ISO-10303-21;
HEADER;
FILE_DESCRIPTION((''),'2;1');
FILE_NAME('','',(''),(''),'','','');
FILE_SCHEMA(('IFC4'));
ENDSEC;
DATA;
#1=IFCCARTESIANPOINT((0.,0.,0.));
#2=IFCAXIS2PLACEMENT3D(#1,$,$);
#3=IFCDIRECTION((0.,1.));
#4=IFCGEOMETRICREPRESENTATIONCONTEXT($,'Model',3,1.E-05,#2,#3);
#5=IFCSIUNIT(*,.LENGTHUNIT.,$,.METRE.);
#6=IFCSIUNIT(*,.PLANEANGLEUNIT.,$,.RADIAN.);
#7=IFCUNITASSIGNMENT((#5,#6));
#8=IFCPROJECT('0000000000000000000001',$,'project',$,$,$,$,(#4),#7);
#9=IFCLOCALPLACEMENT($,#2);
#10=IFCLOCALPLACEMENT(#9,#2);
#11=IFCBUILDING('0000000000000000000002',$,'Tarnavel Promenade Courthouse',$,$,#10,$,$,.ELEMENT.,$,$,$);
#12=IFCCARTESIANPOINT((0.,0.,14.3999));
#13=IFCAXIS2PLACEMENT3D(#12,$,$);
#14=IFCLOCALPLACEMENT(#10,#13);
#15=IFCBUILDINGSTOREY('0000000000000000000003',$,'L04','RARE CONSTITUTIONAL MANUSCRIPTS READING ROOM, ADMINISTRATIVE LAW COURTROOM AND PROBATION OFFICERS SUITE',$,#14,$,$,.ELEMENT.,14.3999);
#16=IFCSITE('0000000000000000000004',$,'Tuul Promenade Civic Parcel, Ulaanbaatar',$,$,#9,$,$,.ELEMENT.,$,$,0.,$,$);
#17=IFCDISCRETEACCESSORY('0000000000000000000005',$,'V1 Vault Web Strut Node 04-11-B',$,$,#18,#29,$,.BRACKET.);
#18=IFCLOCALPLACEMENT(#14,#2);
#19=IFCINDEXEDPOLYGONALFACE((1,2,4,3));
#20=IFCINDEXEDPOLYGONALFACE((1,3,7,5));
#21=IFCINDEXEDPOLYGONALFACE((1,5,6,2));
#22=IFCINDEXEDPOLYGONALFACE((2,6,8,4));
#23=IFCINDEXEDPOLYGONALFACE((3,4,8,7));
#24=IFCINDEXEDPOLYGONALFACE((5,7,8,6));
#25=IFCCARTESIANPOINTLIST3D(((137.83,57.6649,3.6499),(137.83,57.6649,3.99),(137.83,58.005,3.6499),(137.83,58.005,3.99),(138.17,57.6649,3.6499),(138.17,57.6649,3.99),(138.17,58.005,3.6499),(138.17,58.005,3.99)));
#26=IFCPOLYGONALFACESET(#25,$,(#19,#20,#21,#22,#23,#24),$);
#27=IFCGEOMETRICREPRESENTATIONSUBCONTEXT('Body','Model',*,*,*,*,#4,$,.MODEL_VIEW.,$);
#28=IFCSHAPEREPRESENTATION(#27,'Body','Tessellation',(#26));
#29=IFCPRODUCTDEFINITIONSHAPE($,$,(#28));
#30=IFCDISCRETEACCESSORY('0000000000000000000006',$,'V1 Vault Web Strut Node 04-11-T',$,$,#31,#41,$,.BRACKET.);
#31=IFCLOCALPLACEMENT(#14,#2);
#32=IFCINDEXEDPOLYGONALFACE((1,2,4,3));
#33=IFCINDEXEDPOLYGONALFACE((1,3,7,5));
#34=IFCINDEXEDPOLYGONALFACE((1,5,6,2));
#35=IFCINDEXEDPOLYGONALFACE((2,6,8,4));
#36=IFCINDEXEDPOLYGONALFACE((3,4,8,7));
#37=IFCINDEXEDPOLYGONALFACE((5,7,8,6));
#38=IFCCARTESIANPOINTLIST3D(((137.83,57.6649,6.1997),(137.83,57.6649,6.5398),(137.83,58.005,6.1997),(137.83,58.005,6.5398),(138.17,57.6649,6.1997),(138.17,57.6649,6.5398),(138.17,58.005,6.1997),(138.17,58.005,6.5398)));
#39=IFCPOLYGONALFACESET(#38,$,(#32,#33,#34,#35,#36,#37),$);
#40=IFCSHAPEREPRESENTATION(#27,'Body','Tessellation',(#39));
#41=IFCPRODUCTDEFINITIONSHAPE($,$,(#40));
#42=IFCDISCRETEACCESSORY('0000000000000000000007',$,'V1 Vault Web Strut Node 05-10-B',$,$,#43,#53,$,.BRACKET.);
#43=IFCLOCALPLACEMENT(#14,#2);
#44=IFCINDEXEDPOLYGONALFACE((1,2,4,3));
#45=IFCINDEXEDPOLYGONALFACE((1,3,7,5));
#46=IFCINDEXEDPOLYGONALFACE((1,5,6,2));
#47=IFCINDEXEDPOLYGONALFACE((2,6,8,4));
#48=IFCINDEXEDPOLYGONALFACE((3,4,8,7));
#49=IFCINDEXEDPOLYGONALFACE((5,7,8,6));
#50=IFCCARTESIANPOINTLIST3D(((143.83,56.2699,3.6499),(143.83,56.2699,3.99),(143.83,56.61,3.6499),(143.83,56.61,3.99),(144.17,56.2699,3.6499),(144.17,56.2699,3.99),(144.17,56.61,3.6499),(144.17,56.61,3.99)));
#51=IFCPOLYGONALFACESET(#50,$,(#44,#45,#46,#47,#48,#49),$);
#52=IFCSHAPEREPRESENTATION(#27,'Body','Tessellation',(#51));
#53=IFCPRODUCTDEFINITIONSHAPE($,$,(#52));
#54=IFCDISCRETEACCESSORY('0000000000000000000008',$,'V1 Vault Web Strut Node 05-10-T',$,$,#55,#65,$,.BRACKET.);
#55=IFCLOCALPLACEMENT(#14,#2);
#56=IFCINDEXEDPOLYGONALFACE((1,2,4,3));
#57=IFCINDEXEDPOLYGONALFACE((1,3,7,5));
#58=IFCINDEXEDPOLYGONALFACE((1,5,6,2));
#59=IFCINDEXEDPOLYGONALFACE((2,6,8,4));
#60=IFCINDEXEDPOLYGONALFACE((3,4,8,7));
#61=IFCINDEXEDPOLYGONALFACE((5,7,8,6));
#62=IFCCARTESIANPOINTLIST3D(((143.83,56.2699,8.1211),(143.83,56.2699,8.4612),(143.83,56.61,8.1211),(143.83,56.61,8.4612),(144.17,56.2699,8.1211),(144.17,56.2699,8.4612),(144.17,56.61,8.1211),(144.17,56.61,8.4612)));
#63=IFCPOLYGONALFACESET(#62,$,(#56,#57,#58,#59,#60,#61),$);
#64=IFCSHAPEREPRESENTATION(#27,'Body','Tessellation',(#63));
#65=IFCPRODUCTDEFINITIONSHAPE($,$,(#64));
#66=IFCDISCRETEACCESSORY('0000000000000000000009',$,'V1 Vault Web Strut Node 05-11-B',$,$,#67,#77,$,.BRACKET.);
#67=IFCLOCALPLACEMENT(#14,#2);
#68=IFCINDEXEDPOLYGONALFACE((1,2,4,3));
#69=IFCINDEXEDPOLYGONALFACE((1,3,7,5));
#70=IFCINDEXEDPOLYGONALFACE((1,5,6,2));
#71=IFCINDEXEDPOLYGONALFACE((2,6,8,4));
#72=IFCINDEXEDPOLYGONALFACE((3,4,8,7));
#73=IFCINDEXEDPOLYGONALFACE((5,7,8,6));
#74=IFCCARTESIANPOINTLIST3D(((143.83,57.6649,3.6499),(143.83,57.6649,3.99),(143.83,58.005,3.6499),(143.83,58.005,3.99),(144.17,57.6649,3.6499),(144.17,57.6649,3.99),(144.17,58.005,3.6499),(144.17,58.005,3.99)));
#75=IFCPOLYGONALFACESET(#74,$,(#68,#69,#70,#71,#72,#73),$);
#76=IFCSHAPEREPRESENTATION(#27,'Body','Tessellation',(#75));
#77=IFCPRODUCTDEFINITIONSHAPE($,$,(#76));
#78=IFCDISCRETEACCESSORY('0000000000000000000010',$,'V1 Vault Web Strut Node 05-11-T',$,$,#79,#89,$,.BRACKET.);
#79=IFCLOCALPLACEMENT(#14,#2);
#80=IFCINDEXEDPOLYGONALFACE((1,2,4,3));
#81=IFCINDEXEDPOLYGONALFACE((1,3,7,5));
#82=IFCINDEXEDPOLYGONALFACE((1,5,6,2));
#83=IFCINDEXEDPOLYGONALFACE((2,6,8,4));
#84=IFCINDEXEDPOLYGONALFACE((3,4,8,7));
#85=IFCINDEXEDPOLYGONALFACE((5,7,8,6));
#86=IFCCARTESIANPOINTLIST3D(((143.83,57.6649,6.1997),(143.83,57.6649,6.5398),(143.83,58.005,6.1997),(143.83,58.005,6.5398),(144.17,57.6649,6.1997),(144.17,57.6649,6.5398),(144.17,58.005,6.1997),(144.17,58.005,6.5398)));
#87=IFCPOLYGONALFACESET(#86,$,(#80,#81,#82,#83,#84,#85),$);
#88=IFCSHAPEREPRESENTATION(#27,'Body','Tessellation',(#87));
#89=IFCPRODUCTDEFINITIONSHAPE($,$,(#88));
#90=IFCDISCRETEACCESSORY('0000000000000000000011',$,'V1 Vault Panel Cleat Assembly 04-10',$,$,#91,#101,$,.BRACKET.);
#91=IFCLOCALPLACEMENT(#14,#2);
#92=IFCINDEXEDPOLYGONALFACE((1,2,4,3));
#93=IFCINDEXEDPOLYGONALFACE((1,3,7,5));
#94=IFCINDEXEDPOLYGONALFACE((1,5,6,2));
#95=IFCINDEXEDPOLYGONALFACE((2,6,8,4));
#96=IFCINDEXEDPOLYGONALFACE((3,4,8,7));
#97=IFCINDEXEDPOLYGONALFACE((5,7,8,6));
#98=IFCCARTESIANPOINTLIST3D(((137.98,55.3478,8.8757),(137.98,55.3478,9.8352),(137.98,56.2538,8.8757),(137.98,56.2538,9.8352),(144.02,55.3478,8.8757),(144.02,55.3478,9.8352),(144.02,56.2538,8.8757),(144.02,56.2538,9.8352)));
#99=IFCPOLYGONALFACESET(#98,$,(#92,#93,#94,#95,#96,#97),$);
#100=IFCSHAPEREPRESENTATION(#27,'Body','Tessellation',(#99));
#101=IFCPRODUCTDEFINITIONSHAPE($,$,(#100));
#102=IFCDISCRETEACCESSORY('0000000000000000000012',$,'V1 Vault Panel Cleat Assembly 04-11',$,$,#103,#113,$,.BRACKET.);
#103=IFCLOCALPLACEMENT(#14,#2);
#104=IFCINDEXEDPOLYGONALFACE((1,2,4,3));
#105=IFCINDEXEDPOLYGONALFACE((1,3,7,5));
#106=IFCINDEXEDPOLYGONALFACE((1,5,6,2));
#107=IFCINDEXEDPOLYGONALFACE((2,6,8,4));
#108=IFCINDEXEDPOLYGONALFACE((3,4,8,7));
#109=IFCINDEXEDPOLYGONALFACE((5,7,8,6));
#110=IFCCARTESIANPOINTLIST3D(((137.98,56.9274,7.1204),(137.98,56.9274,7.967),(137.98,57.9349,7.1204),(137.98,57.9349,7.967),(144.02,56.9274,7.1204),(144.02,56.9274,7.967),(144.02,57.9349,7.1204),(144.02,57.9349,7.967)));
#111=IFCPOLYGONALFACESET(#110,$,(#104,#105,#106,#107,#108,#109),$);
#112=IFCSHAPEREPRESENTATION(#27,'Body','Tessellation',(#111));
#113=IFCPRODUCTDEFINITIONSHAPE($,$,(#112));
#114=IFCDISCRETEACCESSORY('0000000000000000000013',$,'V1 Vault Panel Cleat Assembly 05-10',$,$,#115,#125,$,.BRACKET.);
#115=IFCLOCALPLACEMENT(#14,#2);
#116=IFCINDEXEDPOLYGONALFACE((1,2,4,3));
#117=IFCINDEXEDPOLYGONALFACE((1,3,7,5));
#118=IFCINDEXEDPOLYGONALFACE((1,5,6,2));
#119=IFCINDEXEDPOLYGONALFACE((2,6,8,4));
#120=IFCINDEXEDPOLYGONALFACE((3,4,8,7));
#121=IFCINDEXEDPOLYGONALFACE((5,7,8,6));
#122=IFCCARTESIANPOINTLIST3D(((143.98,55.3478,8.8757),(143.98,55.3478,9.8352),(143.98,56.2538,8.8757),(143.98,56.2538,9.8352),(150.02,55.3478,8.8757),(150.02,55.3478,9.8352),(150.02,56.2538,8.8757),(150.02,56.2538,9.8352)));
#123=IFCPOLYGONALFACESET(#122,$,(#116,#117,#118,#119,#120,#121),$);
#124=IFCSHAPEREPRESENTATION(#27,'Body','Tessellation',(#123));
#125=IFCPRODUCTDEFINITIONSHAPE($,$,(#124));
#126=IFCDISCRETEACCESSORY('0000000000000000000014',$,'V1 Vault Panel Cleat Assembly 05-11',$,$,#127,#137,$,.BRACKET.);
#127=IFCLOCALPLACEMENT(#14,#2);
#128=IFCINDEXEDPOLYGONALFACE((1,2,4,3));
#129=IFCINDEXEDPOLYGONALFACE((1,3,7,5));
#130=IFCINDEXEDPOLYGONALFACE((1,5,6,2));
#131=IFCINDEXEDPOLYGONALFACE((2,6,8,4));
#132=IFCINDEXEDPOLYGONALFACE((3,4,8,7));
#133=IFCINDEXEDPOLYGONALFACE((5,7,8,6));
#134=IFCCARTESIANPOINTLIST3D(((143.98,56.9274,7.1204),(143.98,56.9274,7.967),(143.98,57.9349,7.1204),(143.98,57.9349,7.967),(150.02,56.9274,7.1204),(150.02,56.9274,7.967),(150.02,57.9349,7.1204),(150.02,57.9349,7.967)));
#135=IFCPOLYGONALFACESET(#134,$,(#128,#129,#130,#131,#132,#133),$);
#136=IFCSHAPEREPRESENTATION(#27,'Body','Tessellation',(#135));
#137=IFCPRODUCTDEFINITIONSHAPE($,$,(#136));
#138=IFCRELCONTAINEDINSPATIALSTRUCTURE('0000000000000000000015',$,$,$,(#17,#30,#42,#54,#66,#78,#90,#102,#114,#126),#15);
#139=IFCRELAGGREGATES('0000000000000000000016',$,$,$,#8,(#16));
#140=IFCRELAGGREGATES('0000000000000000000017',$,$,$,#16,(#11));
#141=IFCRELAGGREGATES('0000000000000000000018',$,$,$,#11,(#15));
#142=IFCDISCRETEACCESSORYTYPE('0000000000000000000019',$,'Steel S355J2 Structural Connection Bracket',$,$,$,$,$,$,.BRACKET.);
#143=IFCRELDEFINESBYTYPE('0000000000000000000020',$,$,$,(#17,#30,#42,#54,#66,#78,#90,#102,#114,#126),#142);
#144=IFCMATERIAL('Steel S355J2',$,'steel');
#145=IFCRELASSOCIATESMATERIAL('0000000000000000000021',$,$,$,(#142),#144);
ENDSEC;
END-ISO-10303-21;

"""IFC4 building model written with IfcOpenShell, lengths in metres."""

from ifc_helpers import new_model, si_unit, direction, frame, origin, origin_2d, place, context, subcontext, project, spatial, rectangle, extrude, material, type_object, element, save


model = new_model("IFC4")

# Units and contexts
model_context = context("Model", 3, precision=1e-05, world=origin(), true_north=direction((0.0, 1.0)))
body_context = subcontext(model_context, "Body", "Model", "MODEL_VIEW")
ifc_project = project(units=[si_unit("LENGTHUNIT", "METRE"), si_unit("PLANEANGLEUNIT", "RADIAN")], contexts=[model_context])

# Site, building, storey
site_placement = place(None, origin())
site = spatial("IfcSite", under=ifc_project, at=site_placement, Name="Tuul Promenade Civic Parcel, Ulaanbaatar", CompositionType="ELEMENT", RefElevation=0.0)
building_placement = place(site_placement, origin())
building = spatial("IfcBuilding", under=site, at=building_placement, Name="Tarnavel Promenade Courthouse", CompositionType="ELEMENT")
storey_placement = place(building_placement, frame((0.0, 0.0, 14.3999)))
storey = spatial("IfcBuildingStorey", under=building, at=storey_placement, Name="L04", Description="RARE CONSTITUTIONAL MANUSCRIPTS READING ROOM, ADMINISTRATIVE LAW COURTROOM AND PROBATION OFFICERS SUITE", CompositionType="ELEMENT", Elevation=14.3999)

# Shared definitions
ifc_material_1 = material(Name="Steel S355J2", Category="steel")

# Discrete accessories
discrete_accessory_type = type_object("IfcDiscreteAccessoryType", Name="Steel S355J2 Structural Connection Bracket", PredefinedType="BRACKET", material=ifc_material_1)
for number, where, z_axis, x_axis, name in (
    (1, (138.0, 57.835, 3.6499), (0.0, 0.0, 1.0), (1.0, 0.0, 0.0), "V1 Vault Web Strut Node 04-11-B"),
    (2, (138.0, 57.835, 6.1997), (0.0, 0.0, 1.0), (1.0, 0.0, 0.0), "V1 Vault Web Strut Node 04-11-T"),
    (3, (144.0, 56.4399, 3.6499), (0.0, 0.0, 1.0), (1.0, 0.0, 0.0), "V1 Vault Web Strut Node 05-10-B"),
    (4, (144.0, 56.4399, 8.1211), (0.0, 0.0, 1.0), (1.0, 0.0, 0.0), "V1 Vault Web Strut Node 05-10-T"),
    (5, (144.0, 57.835, 3.6499), (0.0, 0.0, 1.0), (1.0, 0.0, 0.0), "V1 Vault Web Strut Node 05-11-B"),
    (6, (144.0, 57.835, 6.1997), (0.0, 0.0, 1.0), (1.0, 0.0, 0.0), "V1 Vault Web Strut Node 05-11-T"),
):
    element("IfcDiscreteAccessory", number, at=place(storey_placement, frame(where, z_axis=z_axis, x_axis=x_axis)), inside=storey, type_object=discrete_accessory_type, Name=name, PredefinedType="BRACKET", context=body_context, shape_type="SweptSolid", body=[
        extrude(rectangle(XDim=0.3401, YDim=0.3401, at=origin_2d()), origin(), (0.0, 0.0, 1.0), 0.3401),
    ])
discrete_accessory_1_placement = place(storey_placement, frame((141.0, 55.8008, 8.8757), z_axis=(0.0, 0.0, 1.0), x_axis=(1.0, 0.0, 0.0)))
element("IfcDiscreteAccessory", 7, at=discrete_accessory_1_placement, inside=storey, type_object=discrete_accessory_type, Name="V1 Vault Panel Cleat Assembly 04-10", PredefinedType="BRACKET", context=body_context, shape_type="SweptSolid", body=[
    extrude(rectangle(XDim=6.04, YDim=0.906, at=origin_2d()), origin(), (0.0, 0.0, 1.0), 0.9595),
])
discrete_accessory_2_placement = place(storey_placement, frame((141.0, 57.4312, 7.1204), z_axis=(0.0, 0.0, 1.0), x_axis=(1.0, 0.0, 0.0)))
element("IfcDiscreteAccessory", 8, at=discrete_accessory_2_placement, inside=storey, type_object=discrete_accessory_type, Name="V1 Vault Panel Cleat Assembly 04-11", PredefinedType="BRACKET", context=body_context, shape_type="SweptSolid", body=[
    extrude(rectangle(XDim=6.04, YDim=1.0076, at=origin_2d()), origin(), (0.0, 0.0, 1.0), 0.8467),
])
discrete_accessory_3_placement = place(storey_placement, frame((147.0, 55.8008, 8.8757), z_axis=(0.0, 0.0, 1.0), x_axis=(1.0, 0.0, 0.0)))
element("IfcDiscreteAccessory", 9, at=discrete_accessory_3_placement, inside=storey, type_object=discrete_accessory_type, Name="V1 Vault Panel Cleat Assembly 05-10", PredefinedType="BRACKET", context=body_context, shape_type="SweptSolid", body=[
    extrude(rectangle(XDim=6.04, YDim=0.906, at=origin_2d()), origin(), (0.0, 0.0, 1.0), 0.9595),
])
discrete_accessory_4_placement = place(storey_placement, frame((147.0, 57.4312, 7.1204), z_axis=(0.0, 0.0, 1.0), x_axis=(1.0, 0.0, 0.0)))
element("IfcDiscreteAccessory", 10, at=discrete_accessory_4_placement, inside=storey, type_object=discrete_accessory_type, Name="V1 Vault Panel Cleat Assembly 05-11", PredefinedType="BRACKET", context=body_context, shape_type="SweptSolid", body=[
    extrude(rectangle(XDim=6.04, YDim=1.0076, at=origin_2d()), origin(), (0.0, 0.0, 1.0), 0.8467),
])

save(model, "model.ifc")
